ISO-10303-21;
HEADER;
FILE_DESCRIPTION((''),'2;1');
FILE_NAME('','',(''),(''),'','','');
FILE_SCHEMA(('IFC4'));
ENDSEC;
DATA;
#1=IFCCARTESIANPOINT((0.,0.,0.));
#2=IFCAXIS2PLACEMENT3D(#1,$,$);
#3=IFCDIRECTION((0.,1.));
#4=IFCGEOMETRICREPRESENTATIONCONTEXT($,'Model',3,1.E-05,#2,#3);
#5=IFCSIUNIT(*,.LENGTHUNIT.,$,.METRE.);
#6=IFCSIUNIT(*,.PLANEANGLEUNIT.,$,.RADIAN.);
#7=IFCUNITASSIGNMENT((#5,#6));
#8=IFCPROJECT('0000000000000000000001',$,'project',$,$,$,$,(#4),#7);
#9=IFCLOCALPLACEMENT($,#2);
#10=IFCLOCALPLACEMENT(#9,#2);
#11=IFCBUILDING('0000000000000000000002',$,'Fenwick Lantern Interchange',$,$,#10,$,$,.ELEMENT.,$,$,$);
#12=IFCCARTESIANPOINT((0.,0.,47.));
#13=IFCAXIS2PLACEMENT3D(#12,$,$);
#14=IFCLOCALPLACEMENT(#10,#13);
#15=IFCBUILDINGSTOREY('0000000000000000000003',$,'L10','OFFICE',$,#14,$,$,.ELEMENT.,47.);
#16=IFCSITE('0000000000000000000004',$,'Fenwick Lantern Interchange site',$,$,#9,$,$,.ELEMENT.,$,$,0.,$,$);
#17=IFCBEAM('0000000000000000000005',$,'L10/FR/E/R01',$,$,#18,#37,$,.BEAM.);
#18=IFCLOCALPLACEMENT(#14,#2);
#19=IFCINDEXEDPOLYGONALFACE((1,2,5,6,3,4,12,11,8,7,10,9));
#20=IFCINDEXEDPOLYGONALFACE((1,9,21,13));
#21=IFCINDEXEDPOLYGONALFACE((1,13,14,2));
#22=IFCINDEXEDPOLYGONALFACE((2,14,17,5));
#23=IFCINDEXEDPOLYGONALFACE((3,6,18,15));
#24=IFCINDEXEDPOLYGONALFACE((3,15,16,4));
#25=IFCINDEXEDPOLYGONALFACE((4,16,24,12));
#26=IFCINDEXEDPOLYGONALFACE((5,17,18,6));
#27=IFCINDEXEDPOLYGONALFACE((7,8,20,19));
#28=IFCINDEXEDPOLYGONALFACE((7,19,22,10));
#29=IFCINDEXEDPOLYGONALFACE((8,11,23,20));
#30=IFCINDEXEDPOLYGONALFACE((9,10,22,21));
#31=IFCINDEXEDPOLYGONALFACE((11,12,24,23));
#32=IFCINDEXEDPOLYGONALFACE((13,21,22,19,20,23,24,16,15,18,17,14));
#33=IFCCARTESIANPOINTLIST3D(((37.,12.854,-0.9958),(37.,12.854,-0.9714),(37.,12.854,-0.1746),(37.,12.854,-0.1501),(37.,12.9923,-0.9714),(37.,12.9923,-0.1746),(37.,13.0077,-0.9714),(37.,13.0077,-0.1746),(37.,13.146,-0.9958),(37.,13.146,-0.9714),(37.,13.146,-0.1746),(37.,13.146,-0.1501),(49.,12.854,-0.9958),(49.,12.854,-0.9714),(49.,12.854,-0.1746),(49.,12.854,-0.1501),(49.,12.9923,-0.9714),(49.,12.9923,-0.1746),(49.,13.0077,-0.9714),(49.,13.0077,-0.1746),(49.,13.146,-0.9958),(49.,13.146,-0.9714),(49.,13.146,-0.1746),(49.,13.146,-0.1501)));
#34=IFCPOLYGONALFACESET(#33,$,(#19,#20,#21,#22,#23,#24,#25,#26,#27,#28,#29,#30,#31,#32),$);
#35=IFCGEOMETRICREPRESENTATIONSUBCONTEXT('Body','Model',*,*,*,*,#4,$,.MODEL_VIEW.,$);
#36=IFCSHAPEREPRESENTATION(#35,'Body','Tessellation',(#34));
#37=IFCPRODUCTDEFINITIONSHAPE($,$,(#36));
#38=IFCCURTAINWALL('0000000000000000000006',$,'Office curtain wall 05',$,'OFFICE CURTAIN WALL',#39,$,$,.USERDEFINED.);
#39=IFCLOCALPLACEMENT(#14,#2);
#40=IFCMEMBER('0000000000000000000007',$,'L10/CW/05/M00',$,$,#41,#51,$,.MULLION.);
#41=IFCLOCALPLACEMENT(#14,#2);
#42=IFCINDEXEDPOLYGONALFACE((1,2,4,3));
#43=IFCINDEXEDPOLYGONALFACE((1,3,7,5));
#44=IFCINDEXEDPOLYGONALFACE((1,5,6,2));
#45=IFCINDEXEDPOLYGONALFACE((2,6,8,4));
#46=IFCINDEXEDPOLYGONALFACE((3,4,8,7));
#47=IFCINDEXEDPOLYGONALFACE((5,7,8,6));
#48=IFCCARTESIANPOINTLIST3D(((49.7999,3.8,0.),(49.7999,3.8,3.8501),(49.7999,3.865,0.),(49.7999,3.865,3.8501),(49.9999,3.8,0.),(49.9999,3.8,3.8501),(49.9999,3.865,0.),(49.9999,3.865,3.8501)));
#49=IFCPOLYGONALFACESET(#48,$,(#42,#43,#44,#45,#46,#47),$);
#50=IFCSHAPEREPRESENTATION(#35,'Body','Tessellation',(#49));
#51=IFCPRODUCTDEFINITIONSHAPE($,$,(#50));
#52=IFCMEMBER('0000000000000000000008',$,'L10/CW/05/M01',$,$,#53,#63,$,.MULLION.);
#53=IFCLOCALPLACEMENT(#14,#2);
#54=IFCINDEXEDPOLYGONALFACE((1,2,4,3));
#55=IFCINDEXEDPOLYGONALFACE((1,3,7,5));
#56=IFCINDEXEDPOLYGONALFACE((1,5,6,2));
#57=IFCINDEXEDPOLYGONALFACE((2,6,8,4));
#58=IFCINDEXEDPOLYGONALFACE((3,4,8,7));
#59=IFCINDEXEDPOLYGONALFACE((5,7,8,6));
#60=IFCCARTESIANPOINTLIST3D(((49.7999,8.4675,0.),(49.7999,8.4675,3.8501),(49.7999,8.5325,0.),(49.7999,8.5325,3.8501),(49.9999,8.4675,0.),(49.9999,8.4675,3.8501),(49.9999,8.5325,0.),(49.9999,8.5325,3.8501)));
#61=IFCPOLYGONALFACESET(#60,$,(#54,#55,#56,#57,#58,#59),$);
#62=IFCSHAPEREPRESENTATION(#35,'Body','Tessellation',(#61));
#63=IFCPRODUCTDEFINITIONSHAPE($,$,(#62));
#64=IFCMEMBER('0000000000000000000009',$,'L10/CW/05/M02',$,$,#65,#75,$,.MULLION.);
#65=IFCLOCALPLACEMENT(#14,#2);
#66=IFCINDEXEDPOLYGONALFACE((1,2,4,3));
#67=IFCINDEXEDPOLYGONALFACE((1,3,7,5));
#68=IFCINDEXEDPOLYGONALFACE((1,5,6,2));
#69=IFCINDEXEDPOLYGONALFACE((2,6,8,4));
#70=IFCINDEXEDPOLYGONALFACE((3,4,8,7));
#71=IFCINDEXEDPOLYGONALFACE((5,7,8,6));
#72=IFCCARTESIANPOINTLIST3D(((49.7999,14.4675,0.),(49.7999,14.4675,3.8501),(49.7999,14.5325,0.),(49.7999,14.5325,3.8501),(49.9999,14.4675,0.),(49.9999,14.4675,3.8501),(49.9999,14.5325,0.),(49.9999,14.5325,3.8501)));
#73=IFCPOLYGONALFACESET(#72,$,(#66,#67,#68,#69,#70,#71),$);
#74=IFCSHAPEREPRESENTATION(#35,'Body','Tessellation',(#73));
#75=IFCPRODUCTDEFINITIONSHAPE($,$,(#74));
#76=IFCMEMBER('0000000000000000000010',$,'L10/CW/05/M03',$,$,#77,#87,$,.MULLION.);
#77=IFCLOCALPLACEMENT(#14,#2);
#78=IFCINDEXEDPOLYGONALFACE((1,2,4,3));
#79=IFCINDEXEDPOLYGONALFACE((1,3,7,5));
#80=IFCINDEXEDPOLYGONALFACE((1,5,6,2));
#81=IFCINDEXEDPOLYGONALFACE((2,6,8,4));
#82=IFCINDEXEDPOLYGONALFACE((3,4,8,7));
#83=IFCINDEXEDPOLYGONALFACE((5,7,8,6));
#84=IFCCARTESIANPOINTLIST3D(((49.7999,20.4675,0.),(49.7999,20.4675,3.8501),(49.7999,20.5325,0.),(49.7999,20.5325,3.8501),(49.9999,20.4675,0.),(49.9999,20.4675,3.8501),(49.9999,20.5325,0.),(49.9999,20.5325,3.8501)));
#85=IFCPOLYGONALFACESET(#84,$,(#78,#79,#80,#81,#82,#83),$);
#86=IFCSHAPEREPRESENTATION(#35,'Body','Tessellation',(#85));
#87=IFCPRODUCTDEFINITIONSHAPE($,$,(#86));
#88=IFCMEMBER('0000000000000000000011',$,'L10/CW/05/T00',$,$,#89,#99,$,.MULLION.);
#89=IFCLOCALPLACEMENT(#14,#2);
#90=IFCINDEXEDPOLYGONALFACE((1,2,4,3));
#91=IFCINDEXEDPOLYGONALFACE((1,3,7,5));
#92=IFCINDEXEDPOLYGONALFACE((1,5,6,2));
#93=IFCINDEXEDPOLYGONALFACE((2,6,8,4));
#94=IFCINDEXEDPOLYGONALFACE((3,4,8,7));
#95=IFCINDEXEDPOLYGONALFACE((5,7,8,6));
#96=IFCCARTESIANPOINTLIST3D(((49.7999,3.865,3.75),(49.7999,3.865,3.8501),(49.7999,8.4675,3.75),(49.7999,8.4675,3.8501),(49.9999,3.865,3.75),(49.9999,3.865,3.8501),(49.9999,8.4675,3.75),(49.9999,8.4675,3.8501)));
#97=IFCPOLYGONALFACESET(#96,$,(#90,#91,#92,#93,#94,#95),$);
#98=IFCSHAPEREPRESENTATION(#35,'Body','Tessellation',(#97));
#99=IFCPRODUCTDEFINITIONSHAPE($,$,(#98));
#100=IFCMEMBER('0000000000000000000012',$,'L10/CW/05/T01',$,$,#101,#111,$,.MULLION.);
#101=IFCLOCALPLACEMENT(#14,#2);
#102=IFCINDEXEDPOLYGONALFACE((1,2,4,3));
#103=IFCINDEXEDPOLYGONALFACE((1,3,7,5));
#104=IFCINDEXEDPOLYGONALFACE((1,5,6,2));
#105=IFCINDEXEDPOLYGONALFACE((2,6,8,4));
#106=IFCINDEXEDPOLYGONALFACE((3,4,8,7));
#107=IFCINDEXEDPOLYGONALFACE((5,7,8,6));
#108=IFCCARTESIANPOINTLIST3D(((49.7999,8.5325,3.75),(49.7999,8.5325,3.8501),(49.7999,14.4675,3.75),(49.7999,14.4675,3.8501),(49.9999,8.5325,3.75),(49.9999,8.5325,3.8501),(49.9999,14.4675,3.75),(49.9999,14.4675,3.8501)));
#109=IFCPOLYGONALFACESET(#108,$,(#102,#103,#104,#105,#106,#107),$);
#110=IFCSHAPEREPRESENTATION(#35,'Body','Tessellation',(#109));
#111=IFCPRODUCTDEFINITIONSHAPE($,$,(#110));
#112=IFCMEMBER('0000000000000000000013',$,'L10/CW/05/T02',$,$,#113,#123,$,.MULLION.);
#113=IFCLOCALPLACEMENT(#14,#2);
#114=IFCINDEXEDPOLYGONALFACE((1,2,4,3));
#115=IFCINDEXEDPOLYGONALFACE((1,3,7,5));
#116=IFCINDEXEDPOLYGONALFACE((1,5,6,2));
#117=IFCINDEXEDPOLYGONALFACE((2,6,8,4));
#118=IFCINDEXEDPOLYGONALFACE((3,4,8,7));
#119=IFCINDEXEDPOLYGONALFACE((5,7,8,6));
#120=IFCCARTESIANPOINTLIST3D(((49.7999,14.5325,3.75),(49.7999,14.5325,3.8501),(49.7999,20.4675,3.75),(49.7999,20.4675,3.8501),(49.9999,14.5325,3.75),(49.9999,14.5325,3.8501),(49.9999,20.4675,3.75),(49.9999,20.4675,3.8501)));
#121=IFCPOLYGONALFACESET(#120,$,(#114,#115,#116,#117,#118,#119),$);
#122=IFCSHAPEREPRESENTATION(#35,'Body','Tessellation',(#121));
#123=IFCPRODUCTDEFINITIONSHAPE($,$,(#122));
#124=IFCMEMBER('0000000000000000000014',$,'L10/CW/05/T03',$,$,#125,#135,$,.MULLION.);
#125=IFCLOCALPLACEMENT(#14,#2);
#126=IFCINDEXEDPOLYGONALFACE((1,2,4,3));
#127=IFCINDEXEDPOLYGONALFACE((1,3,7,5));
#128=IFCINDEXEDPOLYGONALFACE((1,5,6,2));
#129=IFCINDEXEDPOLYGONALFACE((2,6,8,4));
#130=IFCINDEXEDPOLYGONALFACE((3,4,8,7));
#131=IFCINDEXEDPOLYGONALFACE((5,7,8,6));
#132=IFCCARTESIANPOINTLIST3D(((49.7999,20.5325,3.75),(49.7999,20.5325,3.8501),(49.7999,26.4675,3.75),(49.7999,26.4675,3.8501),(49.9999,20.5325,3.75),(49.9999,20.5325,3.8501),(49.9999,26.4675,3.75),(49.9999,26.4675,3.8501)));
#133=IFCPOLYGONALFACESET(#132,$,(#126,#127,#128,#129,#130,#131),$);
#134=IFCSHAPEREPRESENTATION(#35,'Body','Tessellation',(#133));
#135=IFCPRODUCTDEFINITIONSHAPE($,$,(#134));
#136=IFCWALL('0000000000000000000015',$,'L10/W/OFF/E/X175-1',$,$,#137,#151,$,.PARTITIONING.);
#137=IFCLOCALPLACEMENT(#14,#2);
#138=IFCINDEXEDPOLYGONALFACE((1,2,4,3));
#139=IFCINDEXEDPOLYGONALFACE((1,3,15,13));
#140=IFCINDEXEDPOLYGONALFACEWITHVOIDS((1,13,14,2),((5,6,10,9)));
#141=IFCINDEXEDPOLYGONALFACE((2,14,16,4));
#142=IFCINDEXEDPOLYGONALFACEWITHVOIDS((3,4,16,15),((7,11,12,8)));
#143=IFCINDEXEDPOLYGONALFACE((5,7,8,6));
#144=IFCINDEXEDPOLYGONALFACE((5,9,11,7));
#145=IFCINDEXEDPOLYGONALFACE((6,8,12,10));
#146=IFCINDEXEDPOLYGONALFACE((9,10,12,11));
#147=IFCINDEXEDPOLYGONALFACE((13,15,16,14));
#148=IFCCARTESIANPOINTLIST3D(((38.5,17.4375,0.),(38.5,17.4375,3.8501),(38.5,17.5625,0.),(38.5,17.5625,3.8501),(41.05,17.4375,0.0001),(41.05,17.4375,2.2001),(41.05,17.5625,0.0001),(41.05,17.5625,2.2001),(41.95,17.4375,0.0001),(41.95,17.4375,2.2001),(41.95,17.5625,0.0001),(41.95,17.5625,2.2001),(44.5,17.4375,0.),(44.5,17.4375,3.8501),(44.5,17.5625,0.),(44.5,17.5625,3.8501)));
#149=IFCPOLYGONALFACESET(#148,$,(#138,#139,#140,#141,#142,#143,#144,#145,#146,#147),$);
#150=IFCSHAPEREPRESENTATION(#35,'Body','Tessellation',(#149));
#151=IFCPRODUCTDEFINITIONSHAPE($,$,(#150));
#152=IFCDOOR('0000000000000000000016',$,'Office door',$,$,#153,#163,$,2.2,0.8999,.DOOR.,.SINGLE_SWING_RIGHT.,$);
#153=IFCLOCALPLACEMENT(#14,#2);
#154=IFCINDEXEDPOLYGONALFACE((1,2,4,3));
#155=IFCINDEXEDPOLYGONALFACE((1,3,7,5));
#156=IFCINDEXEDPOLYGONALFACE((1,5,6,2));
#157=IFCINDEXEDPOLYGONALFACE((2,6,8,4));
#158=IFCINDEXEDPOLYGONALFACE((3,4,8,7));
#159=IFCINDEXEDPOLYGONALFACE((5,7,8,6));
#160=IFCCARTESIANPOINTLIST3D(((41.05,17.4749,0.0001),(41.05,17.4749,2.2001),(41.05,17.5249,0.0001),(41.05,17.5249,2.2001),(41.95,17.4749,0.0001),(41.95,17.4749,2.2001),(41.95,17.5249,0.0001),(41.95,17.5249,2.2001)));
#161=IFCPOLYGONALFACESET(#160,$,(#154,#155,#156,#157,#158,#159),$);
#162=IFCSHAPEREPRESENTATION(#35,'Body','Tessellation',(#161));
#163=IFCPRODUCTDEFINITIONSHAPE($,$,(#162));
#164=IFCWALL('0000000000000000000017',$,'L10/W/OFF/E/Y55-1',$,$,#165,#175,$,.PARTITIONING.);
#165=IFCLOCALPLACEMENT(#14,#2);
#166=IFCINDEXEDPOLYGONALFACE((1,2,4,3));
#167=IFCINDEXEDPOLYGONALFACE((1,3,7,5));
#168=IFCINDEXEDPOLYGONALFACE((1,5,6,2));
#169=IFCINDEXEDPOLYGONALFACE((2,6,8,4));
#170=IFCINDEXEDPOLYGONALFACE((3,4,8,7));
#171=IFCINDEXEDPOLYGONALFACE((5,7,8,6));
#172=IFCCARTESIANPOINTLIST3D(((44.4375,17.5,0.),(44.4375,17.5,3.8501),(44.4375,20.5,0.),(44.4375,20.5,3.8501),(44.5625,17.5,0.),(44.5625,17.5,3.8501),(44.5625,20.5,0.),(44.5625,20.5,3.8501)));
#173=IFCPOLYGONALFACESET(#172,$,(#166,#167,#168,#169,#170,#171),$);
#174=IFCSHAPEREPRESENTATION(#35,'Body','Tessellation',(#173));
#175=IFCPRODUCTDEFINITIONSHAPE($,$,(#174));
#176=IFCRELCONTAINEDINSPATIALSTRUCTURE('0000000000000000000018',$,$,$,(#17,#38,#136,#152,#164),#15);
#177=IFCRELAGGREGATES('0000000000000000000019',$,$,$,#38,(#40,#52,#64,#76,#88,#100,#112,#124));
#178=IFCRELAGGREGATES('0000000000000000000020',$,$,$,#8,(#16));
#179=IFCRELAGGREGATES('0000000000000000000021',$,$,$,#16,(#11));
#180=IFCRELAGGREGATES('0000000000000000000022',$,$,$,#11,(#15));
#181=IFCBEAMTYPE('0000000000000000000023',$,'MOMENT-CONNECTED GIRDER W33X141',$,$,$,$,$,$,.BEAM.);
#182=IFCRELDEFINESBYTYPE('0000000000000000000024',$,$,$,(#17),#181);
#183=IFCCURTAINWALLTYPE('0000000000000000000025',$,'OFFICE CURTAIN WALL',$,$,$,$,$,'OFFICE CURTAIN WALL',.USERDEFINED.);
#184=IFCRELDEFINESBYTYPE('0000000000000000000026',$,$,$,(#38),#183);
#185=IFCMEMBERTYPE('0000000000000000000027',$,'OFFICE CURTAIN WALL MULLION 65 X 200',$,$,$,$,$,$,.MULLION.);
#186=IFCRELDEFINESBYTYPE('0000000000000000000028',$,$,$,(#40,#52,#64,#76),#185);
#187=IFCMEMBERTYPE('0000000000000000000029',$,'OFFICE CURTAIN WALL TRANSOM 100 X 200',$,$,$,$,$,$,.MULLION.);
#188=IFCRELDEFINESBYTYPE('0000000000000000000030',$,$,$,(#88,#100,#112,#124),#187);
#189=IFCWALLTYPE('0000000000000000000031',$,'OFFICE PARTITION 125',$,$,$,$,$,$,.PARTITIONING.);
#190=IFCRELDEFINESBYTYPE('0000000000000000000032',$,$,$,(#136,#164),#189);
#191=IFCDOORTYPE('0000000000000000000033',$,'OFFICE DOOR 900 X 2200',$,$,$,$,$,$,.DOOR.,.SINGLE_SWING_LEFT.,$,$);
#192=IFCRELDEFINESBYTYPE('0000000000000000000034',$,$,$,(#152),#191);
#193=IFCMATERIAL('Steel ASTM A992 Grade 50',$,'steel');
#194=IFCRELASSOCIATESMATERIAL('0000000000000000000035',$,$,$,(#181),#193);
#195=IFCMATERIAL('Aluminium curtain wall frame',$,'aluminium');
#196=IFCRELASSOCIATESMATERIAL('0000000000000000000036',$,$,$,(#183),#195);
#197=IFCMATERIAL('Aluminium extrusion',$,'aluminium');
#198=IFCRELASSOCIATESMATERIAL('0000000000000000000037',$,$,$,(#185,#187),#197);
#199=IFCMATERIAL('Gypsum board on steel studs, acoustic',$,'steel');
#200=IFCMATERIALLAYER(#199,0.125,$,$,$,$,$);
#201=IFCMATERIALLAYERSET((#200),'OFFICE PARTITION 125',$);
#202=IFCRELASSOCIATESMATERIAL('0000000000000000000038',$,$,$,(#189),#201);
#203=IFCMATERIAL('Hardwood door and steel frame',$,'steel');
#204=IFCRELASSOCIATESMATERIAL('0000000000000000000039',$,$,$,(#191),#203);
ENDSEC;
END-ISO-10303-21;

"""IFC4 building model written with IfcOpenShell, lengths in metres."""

from ifc_helpers import new_model, si_unit, direction, frame, frame_2d, origin, origin_2d, place, context, subcontext, project, spatial, rectangle, i_section, extrude, material, layer, layer_set, material_profile, profile_set, type_object, element, fill, aggregate, save


model = new_model("IFC4")

# Units and contexts
model_context = context("Model", 3, precision=1e-05, world=origin(), true_north=direction((0.0, 1.0)))
body_context = subcontext(model_context, "Body", "Model", "MODEL_VIEW")
ifc_project = project(units=[si_unit("LENGTHUNIT", "METRE"), si_unit("PLANEANGLEUNIT", "RADIAN")], contexts=[model_context])

# Site, building, storey
site_placement = place(None, origin())
site = spatial("IfcSite", under=ifc_project, at=site_placement, Name="Fenwick Lantern Interchange site", CompositionType="ELEMENT", RefElevation=0.0)
building_placement = place(site_placement, origin())
building = spatial("IfcBuilding", under=site, at=building_placement, Name="Fenwick Lantern Interchange", CompositionType="ELEMENT")
storey_placement = place(building_placement, frame((0.0, 0.0, 47.0)))
storey = spatial("IfcBuildingStorey", under=building, at=storey_placement, Name="L10", Description="OFFICE", CompositionType="ELEMENT", Elevation=47.0)

# Beam
ifc_material_1 = material(Name="Steel ASTM A992 Grade 50", Category="steel")
ifc_material_profile_1 = material_profile(ifc_material_1, i_section(OverallWidth=0.292, OverallDepth=0.8457, WebThickness=0.0154, FlangeThickness=0.0244, at=origin_2d()), Name="W33X141")
ifc_profile_set_1 = profile_set([ifc_material_profile_1], Name="Steel ASTM A992 Grade 50")
beam_type_1 = type_object("IfcBeamType", Name="MOMENT-CONNECTED GIRDER W33X141", PredefinedType="BEAM", material=ifc_profile_set_1)
beam_1_placement = place(storey_placement, frame((49.0, 13.0, -0.573), z_axis=(-1.0, 0.0, 0.0), x_axis=(0.0, -1.0, 0.0)))
element("IfcBeam", 1, at=beam_1_placement, inside=storey, type_object=beam_type_1, Name="L10/FR/E/R01", PredefinedType="BEAM", context=body_context, shape_type="SweptSolid", body=[
    extrude(i_section(OverallWidth=0.292, OverallDepth=0.8457, WebThickness=0.0154, FlangeThickness=0.0244, at=origin_2d()), origin(), (0.0, 0.0, 1.0), 12.0),
])

# Curtain wall, members
ifc_material_2 = material(Name="Aluminium curtain wall frame", Category="aluminium")
curtain_wall_type = type_object("IfcCurtainWallType", Name="OFFICE CURTAIN WALL", ElementType="OFFICE CURTAIN WALL", PredefinedType="USERDEFINED", material=ifc_material_2)
curtain_wall_placement = place(storey_placement, origin())
curtain_wall = element("IfcCurtainWall", 2, at=curtain_wall_placement, inside=storey, type_object=curtain_wall_type, Name="Office curtain wall 05", ObjectType="OFFICE CURTAIN WALL", PredefinedType="USERDEFINED")
ifc_material_3 = material(Name="Aluminium extrusion", Category="aluminium")
ifc_material_profile_2 = material_profile(ifc_material_3, rectangle(XDim=0.2, YDim=0.0649, at=origin_2d()), Name="OFFICE CURTAIN WALL MULLION 65 X 200")
ifc_profile_set_2 = profile_set([ifc_material_profile_2], Name="Aluminium extrusion")
member_type_1 = type_object("IfcMemberType", Name="OFFICE CURTAIN WALL MULLION 65 X 200", PredefinedType="MULLION", material=ifc_profile_set_2)
member_1_placement = place(storey_placement, frame((49.8999, 3.8325, 0.0), z_axis=(0.0, 0.0, 1.0), x_axis=(-1.0, 0.0, 0.0)))
member_1 = element("IfcMember", 3, at=member_1_placement, type_object=member_type_1, Name="L10/CW/05/M00", PredefinedType="MULLION", context=body_context, shape_type="SweptSolid", body=[
    extrude(rectangle(XDim=0.2, YDim=0.0649, at=origin_2d()), origin(), (0.0, 0.0, 1.0), 3.8501),
])
member_2_placement = place(storey_placement, frame((49.8999, 8.5, 0.0), z_axis=(0.0, 0.0, 1.0), x_axis=(-1.0, 0.0, 0.0)))
member_2 = element("IfcMember", 4, at=member_2_placement, type_object=member_type_1, Name="L10/CW/05/M01", PredefinedType="MULLION", context=body_context, shape_type="SweptSolid", body=[
    extrude(rectangle(XDim=0.2, YDim=0.0649, at=origin_2d()), origin(), (0.0, 0.0, 1.0), 3.8501),
])
member_3_placement = place(storey_placement, frame((49.8999, 14.5, 0.0), z_axis=(0.0, 0.0, 1.0), x_axis=(-1.0, 0.0, 0.0)))
member_3 = element("IfcMember", 5, at=member_3_placement, type_object=member_type_1, Name="L10/CW/05/M02", PredefinedType="MULLION", context=body_context, shape_type="SweptSolid", body=[
    extrude(rectangle(XDim=0.2, YDim=0.0649, at=origin_2d()), origin(), (0.0, 0.0, 1.0), 3.8501),
])
member_4_placement = place(storey_placement, frame((49.8999, 20.5, 0.0), z_axis=(0.0, 0.0, 1.0), x_axis=(-1.0, 0.0, 0.0)))
member_4 = element("IfcMember", 6, at=member_4_placement, type_object=member_type_1, Name="L10/CW/05/M03", PredefinedType="MULLION", context=body_context, shape_type="SweptSolid", body=[
    extrude(rectangle(XDim=0.2, YDim=0.0649, at=origin_2d()), origin(), (0.0, 0.0, 1.0), 3.8501),
])
ifc_material_profile_3 = material_profile(ifc_material_3, rectangle(XDim=0.2, YDim=0.1001, at=origin_2d()), Name="OFFICE CURTAIN WALL TRANSOM 100 X 200")
ifc_profile_set_3 = profile_set([ifc_material_profile_3], Name="Aluminium extrusion")
member_type_2 = type_object("IfcMemberType", Name="OFFICE CURTAIN WALL TRANSOM 100 X 200", PredefinedType="MULLION", material=ifc_profile_set_3)
member_5_placement = place(storey_placement, frame((49.8999, 3.865, 3.8), z_axis=(0.0, 1.0, 0.0), x_axis=(-1.0, 0.0, 0.0)))
member_5 = element("IfcMember", 7, at=member_5_placement, type_object=member_type_2, Name="L10/CW/05/T00", PredefinedType="MULLION", context=body_context, shape_type="SweptSolid", body=[
    extrude(rectangle(XDim=0.2, YDim=0.1001, at=origin_2d()), origin(), (0.0, 0.0, 1.0), 4.6025),
])
member_6_placement = place(storey_placement, frame((49.8999, 8.5325, 3.8), z_axis=(0.0, 1.0, 0.0), x_axis=(-1.0, 0.0, 0.0)))
member_6 = element("IfcMember", 8, at=member_6_placement, type_object=member_type_2, Name="L10/CW/05/T01", PredefinedType="MULLION", context=body_context, shape_type="SweptSolid", body=[
    extrude(rectangle(XDim=0.2, YDim=0.1001, at=origin_2d()), origin(), (0.0, 0.0, 1.0), 5.9351),
])
member_7_placement = place(storey_placement, frame((49.8999, 14.5325, 3.8), z_axis=(0.0, 1.0, 0.0), x_axis=(-1.0, 0.0, 0.0)))
member_7 = element("IfcMember", 9, at=member_7_placement, type_object=member_type_2, Name="L10/CW/05/T02", PredefinedType="MULLION", context=body_context, shape_type="SweptSolid", body=[
    extrude(rectangle(XDim=0.2, YDim=0.1001, at=origin_2d()), origin(), (0.0, 0.0, 1.0), 5.9351),
])
member_8_placement = place(storey_placement, frame((49.8999, 20.5325, 3.8), z_axis=(0.0, 1.0, 0.0), x_axis=(-1.0, 0.0, 0.0)))
member_8 = element("IfcMember", 10, at=member_8_placement, type_object=member_type_2, Name="L10/CW/05/T03", PredefinedType="MULLION", context=body_context, shape_type="SweptSolid", body=[
    extrude(rectangle(XDim=0.2, YDim=0.1001, at=origin_2d()), origin(), (0.0, 0.0, 1.0), 5.9351),
])
aggregate(curtain_wall, [member_1, member_2, member_3, member_4, member_5, member_6, member_7, member_8])

# Wall, opening, door
ifc_material_4 = material(Name="Gypsum board on steel studs, acoustic", Category="steel")
ifc_layer_1 = layer(ifc_material_4, 0.125)
ifc_layer_set_1 = layer_set([ifc_layer_1], Name="OFFICE PARTITION 125")
wall_type_1 = type_object("IfcWallType", Name="OFFICE PARTITION 125", PredefinedType="PARTITIONING", material=ifc_layer_set_1)
wall_1_placement = place(storey_placement, frame((44.5, 17.5, 0.0), z_axis=(0.0, 0.0, 1.0), x_axis=(-1.0, 0.0, 0.0)))
wall_1 = element("IfcWall", 11, at=wall_1_placement, inside=storey, type_object=wall_type_1, Name="L10/W/OFF/E/X175-1", PredefinedType="PARTITIONING", context=body_context, shape_type="SweptSolid", body=[
    extrude(rectangle(XDim=6.0, YDim=0.125, at=frame_2d((3.0, 0.0))), origin(), (0.0, 0.0, 1.0), 3.8501),
])
opening_placement = place(wall_1_placement, frame((2.55, 0.0, 0.0)))
opening = element("IfcOpeningElement", 12, at=opening_placement, cuts=wall_1, PredefinedType="OPENING", context=body_context, shape_type="SweptSolid", body=[
    extrude(rectangle(XDim=0.8999, YDim=2.2, at=frame_2d((0.45, 1.1001))), frame((0.0, 0.0725, 0.0), z_axis=(0.0, -1.0, 0.0), x_axis=(1.0, 0.0, 0.0)), (0.0, 0.0, 1.0), 0.145),
])
ifc_material_5 = material(Name="Hardwood door and steel frame", Category="steel")
door_type = type_object("IfcDoorType", Name="OFFICE DOOR 900 X 2200", OperationType="SINGLE_SWING_LEFT", PredefinedType="DOOR", material=ifc_material_5)
door_placement = place(opening_placement, frame((0.8999, 0.0, 0.0), z_axis=(0.0, 0.0, 1.0), x_axis=(-1.0, 0.0, 0.0)))
door = element("IfcDoor", 13, at=door_placement, inside=storey, type_object=door_type, Name="Office door", OperationType="SINGLE_SWING_RIGHT", OverallHeight=2.2, OverallWidth=0.8999, PredefinedType="DOOR", context=body_context, shape_type="SweptSolid", body=[
    extrude(rectangle(XDim=0.8999, YDim=2.2, at=frame_2d((0.45, 1.1001))), frame((0.0, 0.0249, 0.0), z_axis=(0.0, -1.0, 0.0), x_axis=(1.0, 0.0, 0.0)), (0.0, 0.0, 1.0), 0.05),
])
fill(opening, door)

# Wall
wall_2_placement = place(storey_placement, frame((44.5, 17.5, 0.0), z_axis=(0.0, 0.0, 1.0), x_axis=(0.0, 1.0, 0.0)))
element("IfcWall", 14, at=wall_2_placement, inside=storey, type_object=wall_type_1, Name="L10/W/OFF/E/Y55-1", PredefinedType="PARTITIONING", context=body_context, shape_type="SweptSolid", body=[
    extrude(rectangle(XDim=3.0, YDim=0.125, at=frame_2d((1.5, 0.0))), origin(), (0.0, 0.0, 1.0), 3.8501),
])

save(model, "model.ifc")
